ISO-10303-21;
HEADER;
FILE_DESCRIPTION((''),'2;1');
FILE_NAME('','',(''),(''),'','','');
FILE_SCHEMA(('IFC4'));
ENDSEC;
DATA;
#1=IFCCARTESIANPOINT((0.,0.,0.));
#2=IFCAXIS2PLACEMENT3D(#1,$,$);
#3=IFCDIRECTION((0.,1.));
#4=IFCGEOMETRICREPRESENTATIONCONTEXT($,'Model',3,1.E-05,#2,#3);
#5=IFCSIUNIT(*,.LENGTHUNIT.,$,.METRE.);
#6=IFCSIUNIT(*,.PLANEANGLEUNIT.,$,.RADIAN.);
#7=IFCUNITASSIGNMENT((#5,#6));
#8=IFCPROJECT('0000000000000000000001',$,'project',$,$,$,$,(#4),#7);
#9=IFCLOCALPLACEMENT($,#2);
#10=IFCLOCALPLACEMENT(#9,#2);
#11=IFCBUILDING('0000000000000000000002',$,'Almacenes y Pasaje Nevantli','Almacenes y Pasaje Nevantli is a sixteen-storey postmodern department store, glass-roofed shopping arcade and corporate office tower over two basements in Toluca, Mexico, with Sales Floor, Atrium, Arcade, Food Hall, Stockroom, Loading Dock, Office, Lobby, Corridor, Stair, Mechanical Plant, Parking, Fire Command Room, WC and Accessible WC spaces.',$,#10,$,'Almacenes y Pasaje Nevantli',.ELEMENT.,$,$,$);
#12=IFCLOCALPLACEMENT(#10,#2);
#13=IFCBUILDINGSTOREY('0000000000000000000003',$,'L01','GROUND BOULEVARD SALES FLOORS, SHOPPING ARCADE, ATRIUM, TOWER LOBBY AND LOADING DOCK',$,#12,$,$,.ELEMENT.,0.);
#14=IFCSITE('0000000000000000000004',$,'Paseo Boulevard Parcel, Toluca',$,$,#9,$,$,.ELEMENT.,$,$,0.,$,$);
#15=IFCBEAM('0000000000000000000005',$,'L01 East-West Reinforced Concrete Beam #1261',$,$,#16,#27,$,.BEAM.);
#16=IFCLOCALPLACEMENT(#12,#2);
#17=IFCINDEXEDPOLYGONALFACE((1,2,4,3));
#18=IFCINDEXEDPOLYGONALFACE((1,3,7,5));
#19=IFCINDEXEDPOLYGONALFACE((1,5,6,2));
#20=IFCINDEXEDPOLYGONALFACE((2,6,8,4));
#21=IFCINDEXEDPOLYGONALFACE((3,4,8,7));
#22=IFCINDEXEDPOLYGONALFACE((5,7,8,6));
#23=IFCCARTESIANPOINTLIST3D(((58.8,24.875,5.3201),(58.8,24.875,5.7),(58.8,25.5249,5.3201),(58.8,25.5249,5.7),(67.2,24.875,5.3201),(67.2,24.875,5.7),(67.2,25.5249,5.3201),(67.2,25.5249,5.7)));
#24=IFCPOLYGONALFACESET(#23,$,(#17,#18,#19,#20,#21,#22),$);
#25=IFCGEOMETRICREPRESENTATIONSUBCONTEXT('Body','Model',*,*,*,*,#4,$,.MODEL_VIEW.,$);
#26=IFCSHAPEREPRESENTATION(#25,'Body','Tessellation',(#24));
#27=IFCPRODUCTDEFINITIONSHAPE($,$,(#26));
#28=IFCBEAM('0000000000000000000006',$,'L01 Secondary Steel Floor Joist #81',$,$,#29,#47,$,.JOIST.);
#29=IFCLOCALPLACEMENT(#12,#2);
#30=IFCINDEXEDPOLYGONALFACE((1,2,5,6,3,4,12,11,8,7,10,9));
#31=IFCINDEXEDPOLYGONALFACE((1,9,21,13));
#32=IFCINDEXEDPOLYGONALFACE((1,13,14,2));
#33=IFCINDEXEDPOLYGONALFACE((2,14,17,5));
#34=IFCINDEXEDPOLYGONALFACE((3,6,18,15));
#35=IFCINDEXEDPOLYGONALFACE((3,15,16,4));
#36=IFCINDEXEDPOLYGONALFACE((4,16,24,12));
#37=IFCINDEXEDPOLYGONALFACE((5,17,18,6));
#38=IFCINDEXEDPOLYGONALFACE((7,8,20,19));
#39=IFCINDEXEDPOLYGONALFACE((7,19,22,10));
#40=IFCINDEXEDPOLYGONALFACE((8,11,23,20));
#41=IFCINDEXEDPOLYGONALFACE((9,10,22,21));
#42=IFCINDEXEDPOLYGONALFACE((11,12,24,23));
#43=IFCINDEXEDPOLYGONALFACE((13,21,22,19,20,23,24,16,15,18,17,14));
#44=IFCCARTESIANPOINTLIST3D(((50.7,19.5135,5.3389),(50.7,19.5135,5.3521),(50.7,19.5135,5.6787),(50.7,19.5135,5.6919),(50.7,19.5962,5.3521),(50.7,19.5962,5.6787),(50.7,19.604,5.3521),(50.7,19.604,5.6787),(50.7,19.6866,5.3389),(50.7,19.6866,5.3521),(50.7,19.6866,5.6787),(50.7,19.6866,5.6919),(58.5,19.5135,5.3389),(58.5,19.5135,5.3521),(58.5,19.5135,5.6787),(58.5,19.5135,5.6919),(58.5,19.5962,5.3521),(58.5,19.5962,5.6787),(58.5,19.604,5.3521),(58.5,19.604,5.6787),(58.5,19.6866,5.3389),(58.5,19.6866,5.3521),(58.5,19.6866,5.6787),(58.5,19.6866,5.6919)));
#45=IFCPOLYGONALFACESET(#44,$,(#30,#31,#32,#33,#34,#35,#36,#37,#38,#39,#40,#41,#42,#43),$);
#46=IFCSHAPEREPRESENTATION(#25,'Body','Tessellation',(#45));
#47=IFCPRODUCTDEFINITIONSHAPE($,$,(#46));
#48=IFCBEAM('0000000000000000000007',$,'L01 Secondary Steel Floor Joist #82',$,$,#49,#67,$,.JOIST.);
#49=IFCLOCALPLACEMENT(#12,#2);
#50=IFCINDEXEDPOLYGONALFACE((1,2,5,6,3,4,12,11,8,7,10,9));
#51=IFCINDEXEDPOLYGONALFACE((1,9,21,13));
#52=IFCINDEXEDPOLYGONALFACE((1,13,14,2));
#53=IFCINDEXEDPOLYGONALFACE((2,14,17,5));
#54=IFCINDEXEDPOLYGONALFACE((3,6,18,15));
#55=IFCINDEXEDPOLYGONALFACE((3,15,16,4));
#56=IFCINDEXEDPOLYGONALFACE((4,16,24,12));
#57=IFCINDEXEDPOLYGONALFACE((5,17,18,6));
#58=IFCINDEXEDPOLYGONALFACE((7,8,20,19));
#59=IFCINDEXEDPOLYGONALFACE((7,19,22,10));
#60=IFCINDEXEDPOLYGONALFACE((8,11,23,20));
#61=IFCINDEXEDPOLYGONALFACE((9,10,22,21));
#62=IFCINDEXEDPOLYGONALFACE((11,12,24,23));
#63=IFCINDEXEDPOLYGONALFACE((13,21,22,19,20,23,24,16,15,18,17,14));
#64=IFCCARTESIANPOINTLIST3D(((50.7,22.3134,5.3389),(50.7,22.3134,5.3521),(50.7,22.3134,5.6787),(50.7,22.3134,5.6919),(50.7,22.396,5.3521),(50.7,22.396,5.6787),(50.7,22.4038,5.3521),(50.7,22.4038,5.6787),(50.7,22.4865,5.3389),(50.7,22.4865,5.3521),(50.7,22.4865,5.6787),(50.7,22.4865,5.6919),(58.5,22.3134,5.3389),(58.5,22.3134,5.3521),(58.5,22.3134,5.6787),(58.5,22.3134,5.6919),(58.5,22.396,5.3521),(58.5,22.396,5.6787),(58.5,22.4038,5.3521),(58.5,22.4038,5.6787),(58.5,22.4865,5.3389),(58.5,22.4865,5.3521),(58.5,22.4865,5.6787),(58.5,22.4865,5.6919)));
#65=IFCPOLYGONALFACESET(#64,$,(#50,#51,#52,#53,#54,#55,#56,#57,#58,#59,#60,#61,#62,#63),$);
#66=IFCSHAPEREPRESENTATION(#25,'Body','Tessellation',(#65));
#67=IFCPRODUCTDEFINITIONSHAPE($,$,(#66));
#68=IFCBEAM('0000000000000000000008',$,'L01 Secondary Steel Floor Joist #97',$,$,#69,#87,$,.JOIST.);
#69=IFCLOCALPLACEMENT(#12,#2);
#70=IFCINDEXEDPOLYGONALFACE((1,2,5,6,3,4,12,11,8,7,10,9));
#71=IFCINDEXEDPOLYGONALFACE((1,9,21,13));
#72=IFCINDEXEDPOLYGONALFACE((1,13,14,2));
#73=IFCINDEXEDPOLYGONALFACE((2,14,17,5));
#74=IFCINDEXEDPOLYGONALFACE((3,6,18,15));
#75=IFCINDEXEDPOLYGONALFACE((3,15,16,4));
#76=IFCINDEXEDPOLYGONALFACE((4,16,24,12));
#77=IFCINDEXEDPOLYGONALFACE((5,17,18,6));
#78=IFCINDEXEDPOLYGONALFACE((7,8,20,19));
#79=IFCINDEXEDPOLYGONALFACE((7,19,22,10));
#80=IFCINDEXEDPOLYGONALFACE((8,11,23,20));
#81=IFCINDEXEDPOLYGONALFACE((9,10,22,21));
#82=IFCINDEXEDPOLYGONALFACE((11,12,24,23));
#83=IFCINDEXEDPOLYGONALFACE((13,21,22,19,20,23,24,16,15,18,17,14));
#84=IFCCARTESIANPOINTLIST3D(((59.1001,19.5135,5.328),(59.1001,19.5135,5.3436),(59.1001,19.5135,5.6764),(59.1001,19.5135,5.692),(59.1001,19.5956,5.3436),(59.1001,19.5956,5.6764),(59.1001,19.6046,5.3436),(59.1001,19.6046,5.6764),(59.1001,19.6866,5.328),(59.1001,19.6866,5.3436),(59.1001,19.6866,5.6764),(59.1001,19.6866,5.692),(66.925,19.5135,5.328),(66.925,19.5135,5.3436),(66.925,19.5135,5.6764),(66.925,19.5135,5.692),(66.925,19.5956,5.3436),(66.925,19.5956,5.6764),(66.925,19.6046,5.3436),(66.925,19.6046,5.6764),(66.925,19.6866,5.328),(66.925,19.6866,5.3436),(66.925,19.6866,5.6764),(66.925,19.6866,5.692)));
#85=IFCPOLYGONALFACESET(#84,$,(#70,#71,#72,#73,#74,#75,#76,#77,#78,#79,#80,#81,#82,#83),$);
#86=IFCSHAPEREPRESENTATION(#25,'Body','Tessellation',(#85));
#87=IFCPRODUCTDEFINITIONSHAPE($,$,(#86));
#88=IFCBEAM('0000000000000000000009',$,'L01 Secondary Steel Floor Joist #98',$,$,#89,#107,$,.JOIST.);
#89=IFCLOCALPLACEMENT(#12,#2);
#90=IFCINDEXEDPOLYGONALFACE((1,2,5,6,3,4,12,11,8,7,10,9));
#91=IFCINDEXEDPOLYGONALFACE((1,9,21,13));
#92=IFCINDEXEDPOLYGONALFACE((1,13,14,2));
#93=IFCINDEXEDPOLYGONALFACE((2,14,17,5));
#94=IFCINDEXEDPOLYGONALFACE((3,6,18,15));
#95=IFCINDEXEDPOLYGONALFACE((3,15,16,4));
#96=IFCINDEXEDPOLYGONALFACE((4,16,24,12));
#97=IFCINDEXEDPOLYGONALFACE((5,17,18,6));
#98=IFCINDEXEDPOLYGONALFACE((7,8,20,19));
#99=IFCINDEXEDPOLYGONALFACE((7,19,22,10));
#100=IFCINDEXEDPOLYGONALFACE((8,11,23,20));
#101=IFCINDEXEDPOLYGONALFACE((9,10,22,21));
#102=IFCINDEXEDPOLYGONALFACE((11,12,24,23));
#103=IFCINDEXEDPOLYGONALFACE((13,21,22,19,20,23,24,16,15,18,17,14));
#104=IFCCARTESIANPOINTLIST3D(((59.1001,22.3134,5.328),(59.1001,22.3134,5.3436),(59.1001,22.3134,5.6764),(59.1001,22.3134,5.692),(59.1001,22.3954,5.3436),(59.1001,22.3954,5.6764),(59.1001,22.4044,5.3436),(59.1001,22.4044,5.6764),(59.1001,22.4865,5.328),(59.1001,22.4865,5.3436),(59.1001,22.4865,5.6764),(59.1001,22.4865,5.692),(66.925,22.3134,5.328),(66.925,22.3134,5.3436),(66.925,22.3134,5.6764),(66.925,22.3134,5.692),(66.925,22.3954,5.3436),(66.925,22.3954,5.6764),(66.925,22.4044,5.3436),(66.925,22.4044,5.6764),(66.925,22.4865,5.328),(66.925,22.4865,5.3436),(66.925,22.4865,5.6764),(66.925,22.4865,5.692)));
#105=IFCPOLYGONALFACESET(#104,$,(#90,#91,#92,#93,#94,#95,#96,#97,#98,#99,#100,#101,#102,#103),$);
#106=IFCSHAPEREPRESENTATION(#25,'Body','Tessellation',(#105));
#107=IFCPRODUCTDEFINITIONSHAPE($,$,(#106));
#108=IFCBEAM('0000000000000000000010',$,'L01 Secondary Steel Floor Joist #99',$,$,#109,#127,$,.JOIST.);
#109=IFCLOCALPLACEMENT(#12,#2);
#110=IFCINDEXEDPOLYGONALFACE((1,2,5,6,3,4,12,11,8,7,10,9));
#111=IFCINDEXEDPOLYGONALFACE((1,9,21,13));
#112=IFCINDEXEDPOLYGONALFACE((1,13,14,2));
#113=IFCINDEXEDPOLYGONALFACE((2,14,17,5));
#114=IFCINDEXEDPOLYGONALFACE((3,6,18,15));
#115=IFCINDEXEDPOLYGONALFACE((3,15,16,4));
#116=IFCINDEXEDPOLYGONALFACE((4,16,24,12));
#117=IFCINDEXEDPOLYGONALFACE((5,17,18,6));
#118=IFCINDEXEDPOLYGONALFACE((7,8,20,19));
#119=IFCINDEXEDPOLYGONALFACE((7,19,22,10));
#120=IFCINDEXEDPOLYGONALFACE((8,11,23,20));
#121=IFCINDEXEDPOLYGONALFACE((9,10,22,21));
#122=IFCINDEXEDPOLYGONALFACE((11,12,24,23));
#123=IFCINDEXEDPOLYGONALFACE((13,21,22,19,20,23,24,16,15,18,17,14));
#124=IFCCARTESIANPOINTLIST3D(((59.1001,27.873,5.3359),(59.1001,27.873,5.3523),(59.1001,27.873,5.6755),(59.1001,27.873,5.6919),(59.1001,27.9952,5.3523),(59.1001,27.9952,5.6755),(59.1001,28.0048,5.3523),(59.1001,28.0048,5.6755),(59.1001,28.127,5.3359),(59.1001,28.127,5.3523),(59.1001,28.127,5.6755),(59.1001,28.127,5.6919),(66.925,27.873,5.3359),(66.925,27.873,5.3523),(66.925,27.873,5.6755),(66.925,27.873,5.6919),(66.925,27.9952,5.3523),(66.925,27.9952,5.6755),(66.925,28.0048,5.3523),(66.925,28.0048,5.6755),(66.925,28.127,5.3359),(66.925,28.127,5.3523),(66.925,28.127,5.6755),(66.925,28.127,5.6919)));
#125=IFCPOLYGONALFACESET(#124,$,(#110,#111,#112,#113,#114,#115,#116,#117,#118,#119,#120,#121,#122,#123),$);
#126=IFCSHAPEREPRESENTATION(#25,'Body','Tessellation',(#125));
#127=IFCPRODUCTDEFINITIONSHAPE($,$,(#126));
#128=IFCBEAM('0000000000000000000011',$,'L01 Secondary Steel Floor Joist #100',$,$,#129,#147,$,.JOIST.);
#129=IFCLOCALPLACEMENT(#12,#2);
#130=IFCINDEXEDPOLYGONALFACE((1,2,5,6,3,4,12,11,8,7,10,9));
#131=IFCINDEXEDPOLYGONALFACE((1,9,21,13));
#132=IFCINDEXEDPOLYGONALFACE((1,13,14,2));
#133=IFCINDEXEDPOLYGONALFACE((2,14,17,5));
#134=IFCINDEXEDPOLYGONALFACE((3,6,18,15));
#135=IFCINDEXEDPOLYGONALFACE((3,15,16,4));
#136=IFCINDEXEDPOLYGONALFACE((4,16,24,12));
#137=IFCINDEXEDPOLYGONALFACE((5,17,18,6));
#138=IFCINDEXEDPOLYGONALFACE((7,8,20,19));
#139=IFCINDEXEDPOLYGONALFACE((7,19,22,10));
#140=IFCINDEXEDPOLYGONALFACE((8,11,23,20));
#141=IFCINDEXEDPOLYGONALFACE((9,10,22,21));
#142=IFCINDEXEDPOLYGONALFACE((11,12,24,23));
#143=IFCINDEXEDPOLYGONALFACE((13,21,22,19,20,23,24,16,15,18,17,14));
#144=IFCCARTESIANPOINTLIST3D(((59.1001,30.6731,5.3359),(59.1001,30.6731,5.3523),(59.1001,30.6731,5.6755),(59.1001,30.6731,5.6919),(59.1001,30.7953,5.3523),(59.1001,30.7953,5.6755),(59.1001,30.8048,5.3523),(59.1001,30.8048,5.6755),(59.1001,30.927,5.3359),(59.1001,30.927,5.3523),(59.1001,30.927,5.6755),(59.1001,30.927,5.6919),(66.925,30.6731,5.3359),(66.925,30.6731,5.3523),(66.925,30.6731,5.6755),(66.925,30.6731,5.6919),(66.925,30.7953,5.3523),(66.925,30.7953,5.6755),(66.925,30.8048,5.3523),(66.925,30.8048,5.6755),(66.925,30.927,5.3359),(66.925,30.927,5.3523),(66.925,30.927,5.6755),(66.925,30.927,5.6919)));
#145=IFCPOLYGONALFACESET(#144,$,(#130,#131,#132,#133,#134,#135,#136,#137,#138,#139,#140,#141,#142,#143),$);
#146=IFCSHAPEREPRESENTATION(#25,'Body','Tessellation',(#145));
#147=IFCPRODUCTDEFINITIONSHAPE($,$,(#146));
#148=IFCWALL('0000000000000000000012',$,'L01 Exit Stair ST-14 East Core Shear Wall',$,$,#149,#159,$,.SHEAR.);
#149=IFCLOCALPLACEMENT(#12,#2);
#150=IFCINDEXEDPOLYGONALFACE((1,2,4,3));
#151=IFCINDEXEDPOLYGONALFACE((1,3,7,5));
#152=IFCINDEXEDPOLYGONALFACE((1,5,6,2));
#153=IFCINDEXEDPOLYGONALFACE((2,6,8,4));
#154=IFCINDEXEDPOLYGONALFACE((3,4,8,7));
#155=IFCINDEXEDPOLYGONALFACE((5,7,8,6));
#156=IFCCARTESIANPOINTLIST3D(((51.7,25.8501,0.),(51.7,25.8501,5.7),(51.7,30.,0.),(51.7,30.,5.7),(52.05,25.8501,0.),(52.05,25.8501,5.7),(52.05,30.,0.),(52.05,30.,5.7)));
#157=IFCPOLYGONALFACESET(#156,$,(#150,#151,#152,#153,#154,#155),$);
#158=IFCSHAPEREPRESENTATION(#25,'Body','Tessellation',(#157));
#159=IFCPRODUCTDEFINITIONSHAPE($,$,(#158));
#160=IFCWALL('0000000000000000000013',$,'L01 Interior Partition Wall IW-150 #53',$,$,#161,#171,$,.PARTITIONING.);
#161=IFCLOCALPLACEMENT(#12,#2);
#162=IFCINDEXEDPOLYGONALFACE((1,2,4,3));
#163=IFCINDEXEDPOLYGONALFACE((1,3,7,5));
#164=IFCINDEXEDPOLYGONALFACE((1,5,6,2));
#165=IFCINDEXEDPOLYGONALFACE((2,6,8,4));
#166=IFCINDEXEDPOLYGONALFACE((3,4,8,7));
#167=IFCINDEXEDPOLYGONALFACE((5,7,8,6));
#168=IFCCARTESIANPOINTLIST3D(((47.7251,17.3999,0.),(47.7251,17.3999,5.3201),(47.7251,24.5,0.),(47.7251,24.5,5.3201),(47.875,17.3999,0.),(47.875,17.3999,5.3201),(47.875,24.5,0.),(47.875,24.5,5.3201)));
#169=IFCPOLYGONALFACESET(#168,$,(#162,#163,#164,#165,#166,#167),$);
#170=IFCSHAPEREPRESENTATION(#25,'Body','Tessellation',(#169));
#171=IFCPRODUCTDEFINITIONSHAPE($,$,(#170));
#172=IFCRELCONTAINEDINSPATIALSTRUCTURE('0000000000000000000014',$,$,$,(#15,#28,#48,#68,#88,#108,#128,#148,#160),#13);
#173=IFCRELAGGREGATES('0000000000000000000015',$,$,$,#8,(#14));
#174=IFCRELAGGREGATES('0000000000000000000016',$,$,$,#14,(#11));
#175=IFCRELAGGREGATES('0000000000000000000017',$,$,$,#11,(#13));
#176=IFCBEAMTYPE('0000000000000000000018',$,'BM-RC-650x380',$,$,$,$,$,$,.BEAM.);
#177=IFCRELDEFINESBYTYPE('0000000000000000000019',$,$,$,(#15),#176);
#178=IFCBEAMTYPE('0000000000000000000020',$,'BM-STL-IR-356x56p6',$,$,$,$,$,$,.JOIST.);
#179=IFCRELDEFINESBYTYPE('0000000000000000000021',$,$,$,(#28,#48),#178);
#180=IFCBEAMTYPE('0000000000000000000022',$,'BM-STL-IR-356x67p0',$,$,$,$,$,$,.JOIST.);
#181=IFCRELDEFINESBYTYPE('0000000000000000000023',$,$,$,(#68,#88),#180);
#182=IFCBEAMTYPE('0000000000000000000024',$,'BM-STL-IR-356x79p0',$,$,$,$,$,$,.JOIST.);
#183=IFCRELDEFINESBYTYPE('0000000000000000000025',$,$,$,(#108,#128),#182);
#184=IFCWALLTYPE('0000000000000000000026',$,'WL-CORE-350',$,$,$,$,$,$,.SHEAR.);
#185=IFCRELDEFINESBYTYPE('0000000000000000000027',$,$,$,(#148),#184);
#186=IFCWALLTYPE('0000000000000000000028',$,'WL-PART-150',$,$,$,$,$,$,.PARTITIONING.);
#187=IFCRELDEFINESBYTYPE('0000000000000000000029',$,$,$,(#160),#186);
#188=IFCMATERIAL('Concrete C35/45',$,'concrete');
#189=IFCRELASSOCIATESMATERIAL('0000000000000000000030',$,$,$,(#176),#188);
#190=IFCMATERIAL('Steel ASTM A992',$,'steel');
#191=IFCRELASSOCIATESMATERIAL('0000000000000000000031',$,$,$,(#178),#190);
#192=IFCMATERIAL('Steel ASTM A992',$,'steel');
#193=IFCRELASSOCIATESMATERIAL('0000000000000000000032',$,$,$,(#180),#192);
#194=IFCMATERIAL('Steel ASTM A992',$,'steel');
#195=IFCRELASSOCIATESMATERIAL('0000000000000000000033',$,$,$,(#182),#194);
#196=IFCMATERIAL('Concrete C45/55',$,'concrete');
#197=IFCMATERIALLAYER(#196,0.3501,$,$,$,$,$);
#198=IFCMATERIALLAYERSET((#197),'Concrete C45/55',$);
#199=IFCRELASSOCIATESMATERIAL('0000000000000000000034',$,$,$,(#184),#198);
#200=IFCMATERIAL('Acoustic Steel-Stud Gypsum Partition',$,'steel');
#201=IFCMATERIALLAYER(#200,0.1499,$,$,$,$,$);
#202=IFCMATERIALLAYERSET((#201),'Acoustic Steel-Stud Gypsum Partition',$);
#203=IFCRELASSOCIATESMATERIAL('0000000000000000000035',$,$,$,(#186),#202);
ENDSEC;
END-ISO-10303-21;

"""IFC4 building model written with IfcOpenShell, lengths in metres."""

from ifc_helpers import new_model, si_unit, direction, frame, frame_2d, origin, origin_2d, place, context, subcontext, project, spatial, rectangle, i_section, extrude, material, layer, layer_set, material_profile, profile_set, type_object, element, save


model = new_model("IFC4")

# Units and contexts
model_context = context("Model", 3, precision=1e-05, world=origin(), true_north=direction((0.0, 1.0)))
body_context = subcontext(model_context, "Body", "Model", "MODEL_VIEW")
ifc_project = project(units=[si_unit("LENGTHUNIT", "METRE"), si_unit("PLANEANGLEUNIT", "RADIAN")], contexts=[model_context])

# Site, building, storey
site_placement = place(None, origin())
site = spatial("IfcSite", under=ifc_project, at=site_placement, Name="Paseo Boulevard Parcel, Toluca", CompositionType="ELEMENT", RefElevation=0.0)
building_placement = place(site_placement, origin())
building = spatial("IfcBuilding", under=site, at=building_placement, Name="Almacenes y Pasaje Nevantli", Description="Almacenes y Pasaje Nevantli is a sixteen-storey postmodern department store, glass-roofed shopping arcade and corporate office tower over two basements in Toluca, Mexico, with Sales Floor, Atrium, Arcade, Food Hall, Stockroom, Loading Dock, Office, Lobby, Corridor, Stair, Mechanical Plant, Parking, Fire Command Room, WC and Accessible WC spaces.", LongName="Almacenes y Pasaje Nevantli", CompositionType="ELEMENT")
storey_placement = place(building_placement, origin())
storey = spatial("IfcBuildingStorey", under=building, at=storey_placement, Name="L01", Description="GROUND BOULEVARD SALES FLOORS, SHOPPING ARCADE, ATRIUM, TOWER LOBBY AND LOADING DOCK", CompositionType="ELEMENT", Elevation=0.0)

# Beams
ifc_material_1 = material(Name="Concrete C35/45", Category="concrete")
ifc_material_profile_1 = material_profile(ifc_material_1, rectangle(XDim=0.6499, YDim=0.3799, at=origin_2d()), Name="RC-BM-650x380")
ifc_profile_set_1 = profile_set([ifc_material_profile_1], Name="Concrete C35/45")
beam_type_1 = type_object("IfcBeamType", Name="BM-RC-650x380", PredefinedType="BEAM", material=ifc_profile_set_1)
beam_1_placement = place(storey_placement, frame((58.8, 25.2, 5.51), z_axis=(1.0, 0.0, 0.0), x_axis=(0.0, 1.0, 0.0)))
element("IfcBeam", 1, at=beam_1_placement, inside=storey, type_object=beam_type_1, Name="L01 East-West Reinforced Concrete Beam #1261", PredefinedType="BEAM", context=body_context, shape_type="SweptSolid", body=[
    extrude(rectangle(XDim=0.6499, YDim=0.3799, at=origin_2d()), origin(), (0.0, 0.0, 1.0), 8.3999),
])
ifc_material_2 = material(Name="Steel ASTM A992", Category="steel")
ifc_material_profile_2 = material_profile(ifc_material_2, i_section(OverallWidth=0.1731, OverallDepth=0.353, WebThickness=0.0078, FlangeThickness=0.0132, at=origin_2d()), Name="IR 356x56.6")
ifc_profile_set_2 = profile_set([ifc_material_profile_2], Name="Steel ASTM A992")
beam_type_2 = type_object("IfcBeamType", Name="BM-STL-IR-356x56p6", PredefinedType="JOIST", material=ifc_profile_set_2)
for number, where, z_axis, x_axis, name in (
    (2, (50.7, 19.6001, 5.5154), (1.0, 0.0, 0.0), (0.0, 1.0, 0.0), "L01 Secondary Steel Floor Joist #81"),
    (3, (50.7, 22.3999, 5.5154), (1.0, 0.0, 0.0), (0.0, 1.0, 0.0), "L01 Secondary Steel Floor Joist #82"),
):
    element("IfcBeam", number, at=place(storey_placement, frame(where, z_axis=z_axis, x_axis=x_axis)), inside=storey, type_object=beam_type_2, Name=name, PredefinedType="JOIST", context=body_context, shape_type="SweptSolid", body=[
        extrude(i_section(OverallWidth=0.1731, OverallDepth=0.353, WebThickness=0.0078, FlangeThickness=0.0132, at=origin_2d()), origin(), (0.0, 0.0, 1.0), 7.8),
    ])
ifc_material_3 = material(Name="Steel ASTM A992", Category="steel")
ifc_material_profile_3 = material_profile(ifc_material_3, i_section(OverallWidth=0.1731, OverallDepth=0.364, WebThickness=0.009, FlangeThickness=0.0156, at=origin_2d()), Name="IR 356x67.0")
ifc_profile_set_3 = profile_set([ifc_material_profile_3], Name="Steel ASTM A992")
beam_type_3 = type_object("IfcBeamType", Name="BM-STL-IR-356x67p0", PredefinedType="JOIST", material=ifc_profile_set_3)
for number, where, z_axis, x_axis, name in (
    (4, (59.1001, 19.6001, 5.51), (1.0, 0.0, 0.0), (0.0, 1.0, 0.0), "L01 Secondary Steel Floor Joist #97"),
    (5, (59.1001, 22.3999, 5.51), (1.0, 0.0, 0.0), (0.0, 1.0, 0.0), "L01 Secondary Steel Floor Joist #98"),
):
    element("IfcBeam", number, at=place(storey_placement, frame(where, z_axis=z_axis, x_axis=x_axis)), inside=storey, type_object=beam_type_3, Name=name, PredefinedType="JOIST", context=body_context, shape_type="SweptSolid", body=[
        extrude(i_section(OverallWidth=0.1731, OverallDepth=0.364, WebThickness=0.009, FlangeThickness=0.0156, at=origin_2d()), origin(), (0.0, 0.0, 1.0), 7.825),
    ])
ifc_material_4 = material(Name="Steel ASTM A992", Category="steel")
ifc_material_profile_4 = material_profile(ifc_material_4, i_section(OverallWidth=0.2539, OverallDepth=0.356, WebThickness=0.0095, FlangeThickness=0.0164, at=origin_2d()), Name="IR 356x79.0")
ifc_profile_set_4 = profile_set([ifc_material_profile_4], Name="Steel ASTM A992")
beam_type_4 = type_object("IfcBeamType", Name="BM-STL-IR-356x79p0", PredefinedType="JOIST", material=ifc_profile_set_4)
for number, where, z_axis, x_axis, name in (
    (6, (59.1001, 28.0, 5.5139), (1.0, 0.0, 0.0), (0.0, 1.0, 0.0), "L01 Secondary Steel Floor Joist #99"),
    (7, (59.1001, 30.8, 5.5139), (1.0, 0.0, 0.0), (0.0, 1.0, 0.0), "L01 Secondary Steel Floor Joist #100"),
):
    element("IfcBeam", number, at=place(storey_placement, frame(where, z_axis=z_axis, x_axis=x_axis)), inside=storey, type_object=beam_type_4, Name=name, PredefinedType="JOIST", context=body_context, shape_type="SweptSolid", body=[
        extrude(i_section(OverallWidth=0.2539, OverallDepth=0.356, WebThickness=0.0095, FlangeThickness=0.0164, at=origin_2d()), origin(), (0.0, 0.0, 1.0), 7.825),
    ])

# Walls
ifc_material_5 = material(Name="Concrete C45/55", Category="concrete")
ifc_layer_1 = layer(ifc_material_5, 0.3501)
ifc_layer_set_1 = layer_set([ifc_layer_1], Name="Concrete C45/55")
wall_type_1 = type_object("IfcWallType", Name="WL-CORE-350", PredefinedType="SHEAR", material=ifc_layer_set_1)
wall_1_placement = place(storey_placement, frame((51.875, 25.8501, 0.0), z_axis=(0.0, 0.0, 1.0), x_axis=(0.0, 1.0, 0.0)))
element("IfcWall", 8, at=wall_1_placement, inside=storey, type_object=wall_type_1, Name="L01 Exit Stair ST-14 East Core Shear Wall", PredefinedType="SHEAR", context=body_context, shape_type="SweptSolid", body=[
    extrude(rectangle(XDim=4.1499, YDim=0.3501, at=frame_2d((2.075, 0.0))), origin(), (0.0, 0.0, 1.0), 5.7),
])
ifc_material_6 = material(Name="Acoustic Steel-Stud Gypsum Partition", Category="steel")
ifc_layer_2 = layer(ifc_material_6, 0.1499)
ifc_layer_set_2 = layer_set([ifc_layer_2], Name="Acoustic Steel-Stud Gypsum Partition")
wall_type_2 = type_object("IfcWallType", Name="WL-PART-150", PredefinedType="PARTITIONING", material=ifc_layer_set_2)
wall_2_placement = place(storey_placement, frame((47.8, 17.3999, 0.0), z_axis=(0.0, 0.0, 1.0), x_axis=(0.0, 1.0, 0.0)))
element("IfcWall", 9, at=wall_2_placement, inside=storey, type_object=wall_type_2, Name="L01 Interior Partition Wall IW-150 #53", PredefinedType="PARTITIONING", context=body_context, shape_type="SweptSolid", body=[
    extrude(rectangle(XDim=7.1001, YDim=0.1499, at=frame_2d((3.55, 0.0))), origin(), (0.0, 0.0, 1.0), 5.3201),
])

save(model, "model.ifc")
